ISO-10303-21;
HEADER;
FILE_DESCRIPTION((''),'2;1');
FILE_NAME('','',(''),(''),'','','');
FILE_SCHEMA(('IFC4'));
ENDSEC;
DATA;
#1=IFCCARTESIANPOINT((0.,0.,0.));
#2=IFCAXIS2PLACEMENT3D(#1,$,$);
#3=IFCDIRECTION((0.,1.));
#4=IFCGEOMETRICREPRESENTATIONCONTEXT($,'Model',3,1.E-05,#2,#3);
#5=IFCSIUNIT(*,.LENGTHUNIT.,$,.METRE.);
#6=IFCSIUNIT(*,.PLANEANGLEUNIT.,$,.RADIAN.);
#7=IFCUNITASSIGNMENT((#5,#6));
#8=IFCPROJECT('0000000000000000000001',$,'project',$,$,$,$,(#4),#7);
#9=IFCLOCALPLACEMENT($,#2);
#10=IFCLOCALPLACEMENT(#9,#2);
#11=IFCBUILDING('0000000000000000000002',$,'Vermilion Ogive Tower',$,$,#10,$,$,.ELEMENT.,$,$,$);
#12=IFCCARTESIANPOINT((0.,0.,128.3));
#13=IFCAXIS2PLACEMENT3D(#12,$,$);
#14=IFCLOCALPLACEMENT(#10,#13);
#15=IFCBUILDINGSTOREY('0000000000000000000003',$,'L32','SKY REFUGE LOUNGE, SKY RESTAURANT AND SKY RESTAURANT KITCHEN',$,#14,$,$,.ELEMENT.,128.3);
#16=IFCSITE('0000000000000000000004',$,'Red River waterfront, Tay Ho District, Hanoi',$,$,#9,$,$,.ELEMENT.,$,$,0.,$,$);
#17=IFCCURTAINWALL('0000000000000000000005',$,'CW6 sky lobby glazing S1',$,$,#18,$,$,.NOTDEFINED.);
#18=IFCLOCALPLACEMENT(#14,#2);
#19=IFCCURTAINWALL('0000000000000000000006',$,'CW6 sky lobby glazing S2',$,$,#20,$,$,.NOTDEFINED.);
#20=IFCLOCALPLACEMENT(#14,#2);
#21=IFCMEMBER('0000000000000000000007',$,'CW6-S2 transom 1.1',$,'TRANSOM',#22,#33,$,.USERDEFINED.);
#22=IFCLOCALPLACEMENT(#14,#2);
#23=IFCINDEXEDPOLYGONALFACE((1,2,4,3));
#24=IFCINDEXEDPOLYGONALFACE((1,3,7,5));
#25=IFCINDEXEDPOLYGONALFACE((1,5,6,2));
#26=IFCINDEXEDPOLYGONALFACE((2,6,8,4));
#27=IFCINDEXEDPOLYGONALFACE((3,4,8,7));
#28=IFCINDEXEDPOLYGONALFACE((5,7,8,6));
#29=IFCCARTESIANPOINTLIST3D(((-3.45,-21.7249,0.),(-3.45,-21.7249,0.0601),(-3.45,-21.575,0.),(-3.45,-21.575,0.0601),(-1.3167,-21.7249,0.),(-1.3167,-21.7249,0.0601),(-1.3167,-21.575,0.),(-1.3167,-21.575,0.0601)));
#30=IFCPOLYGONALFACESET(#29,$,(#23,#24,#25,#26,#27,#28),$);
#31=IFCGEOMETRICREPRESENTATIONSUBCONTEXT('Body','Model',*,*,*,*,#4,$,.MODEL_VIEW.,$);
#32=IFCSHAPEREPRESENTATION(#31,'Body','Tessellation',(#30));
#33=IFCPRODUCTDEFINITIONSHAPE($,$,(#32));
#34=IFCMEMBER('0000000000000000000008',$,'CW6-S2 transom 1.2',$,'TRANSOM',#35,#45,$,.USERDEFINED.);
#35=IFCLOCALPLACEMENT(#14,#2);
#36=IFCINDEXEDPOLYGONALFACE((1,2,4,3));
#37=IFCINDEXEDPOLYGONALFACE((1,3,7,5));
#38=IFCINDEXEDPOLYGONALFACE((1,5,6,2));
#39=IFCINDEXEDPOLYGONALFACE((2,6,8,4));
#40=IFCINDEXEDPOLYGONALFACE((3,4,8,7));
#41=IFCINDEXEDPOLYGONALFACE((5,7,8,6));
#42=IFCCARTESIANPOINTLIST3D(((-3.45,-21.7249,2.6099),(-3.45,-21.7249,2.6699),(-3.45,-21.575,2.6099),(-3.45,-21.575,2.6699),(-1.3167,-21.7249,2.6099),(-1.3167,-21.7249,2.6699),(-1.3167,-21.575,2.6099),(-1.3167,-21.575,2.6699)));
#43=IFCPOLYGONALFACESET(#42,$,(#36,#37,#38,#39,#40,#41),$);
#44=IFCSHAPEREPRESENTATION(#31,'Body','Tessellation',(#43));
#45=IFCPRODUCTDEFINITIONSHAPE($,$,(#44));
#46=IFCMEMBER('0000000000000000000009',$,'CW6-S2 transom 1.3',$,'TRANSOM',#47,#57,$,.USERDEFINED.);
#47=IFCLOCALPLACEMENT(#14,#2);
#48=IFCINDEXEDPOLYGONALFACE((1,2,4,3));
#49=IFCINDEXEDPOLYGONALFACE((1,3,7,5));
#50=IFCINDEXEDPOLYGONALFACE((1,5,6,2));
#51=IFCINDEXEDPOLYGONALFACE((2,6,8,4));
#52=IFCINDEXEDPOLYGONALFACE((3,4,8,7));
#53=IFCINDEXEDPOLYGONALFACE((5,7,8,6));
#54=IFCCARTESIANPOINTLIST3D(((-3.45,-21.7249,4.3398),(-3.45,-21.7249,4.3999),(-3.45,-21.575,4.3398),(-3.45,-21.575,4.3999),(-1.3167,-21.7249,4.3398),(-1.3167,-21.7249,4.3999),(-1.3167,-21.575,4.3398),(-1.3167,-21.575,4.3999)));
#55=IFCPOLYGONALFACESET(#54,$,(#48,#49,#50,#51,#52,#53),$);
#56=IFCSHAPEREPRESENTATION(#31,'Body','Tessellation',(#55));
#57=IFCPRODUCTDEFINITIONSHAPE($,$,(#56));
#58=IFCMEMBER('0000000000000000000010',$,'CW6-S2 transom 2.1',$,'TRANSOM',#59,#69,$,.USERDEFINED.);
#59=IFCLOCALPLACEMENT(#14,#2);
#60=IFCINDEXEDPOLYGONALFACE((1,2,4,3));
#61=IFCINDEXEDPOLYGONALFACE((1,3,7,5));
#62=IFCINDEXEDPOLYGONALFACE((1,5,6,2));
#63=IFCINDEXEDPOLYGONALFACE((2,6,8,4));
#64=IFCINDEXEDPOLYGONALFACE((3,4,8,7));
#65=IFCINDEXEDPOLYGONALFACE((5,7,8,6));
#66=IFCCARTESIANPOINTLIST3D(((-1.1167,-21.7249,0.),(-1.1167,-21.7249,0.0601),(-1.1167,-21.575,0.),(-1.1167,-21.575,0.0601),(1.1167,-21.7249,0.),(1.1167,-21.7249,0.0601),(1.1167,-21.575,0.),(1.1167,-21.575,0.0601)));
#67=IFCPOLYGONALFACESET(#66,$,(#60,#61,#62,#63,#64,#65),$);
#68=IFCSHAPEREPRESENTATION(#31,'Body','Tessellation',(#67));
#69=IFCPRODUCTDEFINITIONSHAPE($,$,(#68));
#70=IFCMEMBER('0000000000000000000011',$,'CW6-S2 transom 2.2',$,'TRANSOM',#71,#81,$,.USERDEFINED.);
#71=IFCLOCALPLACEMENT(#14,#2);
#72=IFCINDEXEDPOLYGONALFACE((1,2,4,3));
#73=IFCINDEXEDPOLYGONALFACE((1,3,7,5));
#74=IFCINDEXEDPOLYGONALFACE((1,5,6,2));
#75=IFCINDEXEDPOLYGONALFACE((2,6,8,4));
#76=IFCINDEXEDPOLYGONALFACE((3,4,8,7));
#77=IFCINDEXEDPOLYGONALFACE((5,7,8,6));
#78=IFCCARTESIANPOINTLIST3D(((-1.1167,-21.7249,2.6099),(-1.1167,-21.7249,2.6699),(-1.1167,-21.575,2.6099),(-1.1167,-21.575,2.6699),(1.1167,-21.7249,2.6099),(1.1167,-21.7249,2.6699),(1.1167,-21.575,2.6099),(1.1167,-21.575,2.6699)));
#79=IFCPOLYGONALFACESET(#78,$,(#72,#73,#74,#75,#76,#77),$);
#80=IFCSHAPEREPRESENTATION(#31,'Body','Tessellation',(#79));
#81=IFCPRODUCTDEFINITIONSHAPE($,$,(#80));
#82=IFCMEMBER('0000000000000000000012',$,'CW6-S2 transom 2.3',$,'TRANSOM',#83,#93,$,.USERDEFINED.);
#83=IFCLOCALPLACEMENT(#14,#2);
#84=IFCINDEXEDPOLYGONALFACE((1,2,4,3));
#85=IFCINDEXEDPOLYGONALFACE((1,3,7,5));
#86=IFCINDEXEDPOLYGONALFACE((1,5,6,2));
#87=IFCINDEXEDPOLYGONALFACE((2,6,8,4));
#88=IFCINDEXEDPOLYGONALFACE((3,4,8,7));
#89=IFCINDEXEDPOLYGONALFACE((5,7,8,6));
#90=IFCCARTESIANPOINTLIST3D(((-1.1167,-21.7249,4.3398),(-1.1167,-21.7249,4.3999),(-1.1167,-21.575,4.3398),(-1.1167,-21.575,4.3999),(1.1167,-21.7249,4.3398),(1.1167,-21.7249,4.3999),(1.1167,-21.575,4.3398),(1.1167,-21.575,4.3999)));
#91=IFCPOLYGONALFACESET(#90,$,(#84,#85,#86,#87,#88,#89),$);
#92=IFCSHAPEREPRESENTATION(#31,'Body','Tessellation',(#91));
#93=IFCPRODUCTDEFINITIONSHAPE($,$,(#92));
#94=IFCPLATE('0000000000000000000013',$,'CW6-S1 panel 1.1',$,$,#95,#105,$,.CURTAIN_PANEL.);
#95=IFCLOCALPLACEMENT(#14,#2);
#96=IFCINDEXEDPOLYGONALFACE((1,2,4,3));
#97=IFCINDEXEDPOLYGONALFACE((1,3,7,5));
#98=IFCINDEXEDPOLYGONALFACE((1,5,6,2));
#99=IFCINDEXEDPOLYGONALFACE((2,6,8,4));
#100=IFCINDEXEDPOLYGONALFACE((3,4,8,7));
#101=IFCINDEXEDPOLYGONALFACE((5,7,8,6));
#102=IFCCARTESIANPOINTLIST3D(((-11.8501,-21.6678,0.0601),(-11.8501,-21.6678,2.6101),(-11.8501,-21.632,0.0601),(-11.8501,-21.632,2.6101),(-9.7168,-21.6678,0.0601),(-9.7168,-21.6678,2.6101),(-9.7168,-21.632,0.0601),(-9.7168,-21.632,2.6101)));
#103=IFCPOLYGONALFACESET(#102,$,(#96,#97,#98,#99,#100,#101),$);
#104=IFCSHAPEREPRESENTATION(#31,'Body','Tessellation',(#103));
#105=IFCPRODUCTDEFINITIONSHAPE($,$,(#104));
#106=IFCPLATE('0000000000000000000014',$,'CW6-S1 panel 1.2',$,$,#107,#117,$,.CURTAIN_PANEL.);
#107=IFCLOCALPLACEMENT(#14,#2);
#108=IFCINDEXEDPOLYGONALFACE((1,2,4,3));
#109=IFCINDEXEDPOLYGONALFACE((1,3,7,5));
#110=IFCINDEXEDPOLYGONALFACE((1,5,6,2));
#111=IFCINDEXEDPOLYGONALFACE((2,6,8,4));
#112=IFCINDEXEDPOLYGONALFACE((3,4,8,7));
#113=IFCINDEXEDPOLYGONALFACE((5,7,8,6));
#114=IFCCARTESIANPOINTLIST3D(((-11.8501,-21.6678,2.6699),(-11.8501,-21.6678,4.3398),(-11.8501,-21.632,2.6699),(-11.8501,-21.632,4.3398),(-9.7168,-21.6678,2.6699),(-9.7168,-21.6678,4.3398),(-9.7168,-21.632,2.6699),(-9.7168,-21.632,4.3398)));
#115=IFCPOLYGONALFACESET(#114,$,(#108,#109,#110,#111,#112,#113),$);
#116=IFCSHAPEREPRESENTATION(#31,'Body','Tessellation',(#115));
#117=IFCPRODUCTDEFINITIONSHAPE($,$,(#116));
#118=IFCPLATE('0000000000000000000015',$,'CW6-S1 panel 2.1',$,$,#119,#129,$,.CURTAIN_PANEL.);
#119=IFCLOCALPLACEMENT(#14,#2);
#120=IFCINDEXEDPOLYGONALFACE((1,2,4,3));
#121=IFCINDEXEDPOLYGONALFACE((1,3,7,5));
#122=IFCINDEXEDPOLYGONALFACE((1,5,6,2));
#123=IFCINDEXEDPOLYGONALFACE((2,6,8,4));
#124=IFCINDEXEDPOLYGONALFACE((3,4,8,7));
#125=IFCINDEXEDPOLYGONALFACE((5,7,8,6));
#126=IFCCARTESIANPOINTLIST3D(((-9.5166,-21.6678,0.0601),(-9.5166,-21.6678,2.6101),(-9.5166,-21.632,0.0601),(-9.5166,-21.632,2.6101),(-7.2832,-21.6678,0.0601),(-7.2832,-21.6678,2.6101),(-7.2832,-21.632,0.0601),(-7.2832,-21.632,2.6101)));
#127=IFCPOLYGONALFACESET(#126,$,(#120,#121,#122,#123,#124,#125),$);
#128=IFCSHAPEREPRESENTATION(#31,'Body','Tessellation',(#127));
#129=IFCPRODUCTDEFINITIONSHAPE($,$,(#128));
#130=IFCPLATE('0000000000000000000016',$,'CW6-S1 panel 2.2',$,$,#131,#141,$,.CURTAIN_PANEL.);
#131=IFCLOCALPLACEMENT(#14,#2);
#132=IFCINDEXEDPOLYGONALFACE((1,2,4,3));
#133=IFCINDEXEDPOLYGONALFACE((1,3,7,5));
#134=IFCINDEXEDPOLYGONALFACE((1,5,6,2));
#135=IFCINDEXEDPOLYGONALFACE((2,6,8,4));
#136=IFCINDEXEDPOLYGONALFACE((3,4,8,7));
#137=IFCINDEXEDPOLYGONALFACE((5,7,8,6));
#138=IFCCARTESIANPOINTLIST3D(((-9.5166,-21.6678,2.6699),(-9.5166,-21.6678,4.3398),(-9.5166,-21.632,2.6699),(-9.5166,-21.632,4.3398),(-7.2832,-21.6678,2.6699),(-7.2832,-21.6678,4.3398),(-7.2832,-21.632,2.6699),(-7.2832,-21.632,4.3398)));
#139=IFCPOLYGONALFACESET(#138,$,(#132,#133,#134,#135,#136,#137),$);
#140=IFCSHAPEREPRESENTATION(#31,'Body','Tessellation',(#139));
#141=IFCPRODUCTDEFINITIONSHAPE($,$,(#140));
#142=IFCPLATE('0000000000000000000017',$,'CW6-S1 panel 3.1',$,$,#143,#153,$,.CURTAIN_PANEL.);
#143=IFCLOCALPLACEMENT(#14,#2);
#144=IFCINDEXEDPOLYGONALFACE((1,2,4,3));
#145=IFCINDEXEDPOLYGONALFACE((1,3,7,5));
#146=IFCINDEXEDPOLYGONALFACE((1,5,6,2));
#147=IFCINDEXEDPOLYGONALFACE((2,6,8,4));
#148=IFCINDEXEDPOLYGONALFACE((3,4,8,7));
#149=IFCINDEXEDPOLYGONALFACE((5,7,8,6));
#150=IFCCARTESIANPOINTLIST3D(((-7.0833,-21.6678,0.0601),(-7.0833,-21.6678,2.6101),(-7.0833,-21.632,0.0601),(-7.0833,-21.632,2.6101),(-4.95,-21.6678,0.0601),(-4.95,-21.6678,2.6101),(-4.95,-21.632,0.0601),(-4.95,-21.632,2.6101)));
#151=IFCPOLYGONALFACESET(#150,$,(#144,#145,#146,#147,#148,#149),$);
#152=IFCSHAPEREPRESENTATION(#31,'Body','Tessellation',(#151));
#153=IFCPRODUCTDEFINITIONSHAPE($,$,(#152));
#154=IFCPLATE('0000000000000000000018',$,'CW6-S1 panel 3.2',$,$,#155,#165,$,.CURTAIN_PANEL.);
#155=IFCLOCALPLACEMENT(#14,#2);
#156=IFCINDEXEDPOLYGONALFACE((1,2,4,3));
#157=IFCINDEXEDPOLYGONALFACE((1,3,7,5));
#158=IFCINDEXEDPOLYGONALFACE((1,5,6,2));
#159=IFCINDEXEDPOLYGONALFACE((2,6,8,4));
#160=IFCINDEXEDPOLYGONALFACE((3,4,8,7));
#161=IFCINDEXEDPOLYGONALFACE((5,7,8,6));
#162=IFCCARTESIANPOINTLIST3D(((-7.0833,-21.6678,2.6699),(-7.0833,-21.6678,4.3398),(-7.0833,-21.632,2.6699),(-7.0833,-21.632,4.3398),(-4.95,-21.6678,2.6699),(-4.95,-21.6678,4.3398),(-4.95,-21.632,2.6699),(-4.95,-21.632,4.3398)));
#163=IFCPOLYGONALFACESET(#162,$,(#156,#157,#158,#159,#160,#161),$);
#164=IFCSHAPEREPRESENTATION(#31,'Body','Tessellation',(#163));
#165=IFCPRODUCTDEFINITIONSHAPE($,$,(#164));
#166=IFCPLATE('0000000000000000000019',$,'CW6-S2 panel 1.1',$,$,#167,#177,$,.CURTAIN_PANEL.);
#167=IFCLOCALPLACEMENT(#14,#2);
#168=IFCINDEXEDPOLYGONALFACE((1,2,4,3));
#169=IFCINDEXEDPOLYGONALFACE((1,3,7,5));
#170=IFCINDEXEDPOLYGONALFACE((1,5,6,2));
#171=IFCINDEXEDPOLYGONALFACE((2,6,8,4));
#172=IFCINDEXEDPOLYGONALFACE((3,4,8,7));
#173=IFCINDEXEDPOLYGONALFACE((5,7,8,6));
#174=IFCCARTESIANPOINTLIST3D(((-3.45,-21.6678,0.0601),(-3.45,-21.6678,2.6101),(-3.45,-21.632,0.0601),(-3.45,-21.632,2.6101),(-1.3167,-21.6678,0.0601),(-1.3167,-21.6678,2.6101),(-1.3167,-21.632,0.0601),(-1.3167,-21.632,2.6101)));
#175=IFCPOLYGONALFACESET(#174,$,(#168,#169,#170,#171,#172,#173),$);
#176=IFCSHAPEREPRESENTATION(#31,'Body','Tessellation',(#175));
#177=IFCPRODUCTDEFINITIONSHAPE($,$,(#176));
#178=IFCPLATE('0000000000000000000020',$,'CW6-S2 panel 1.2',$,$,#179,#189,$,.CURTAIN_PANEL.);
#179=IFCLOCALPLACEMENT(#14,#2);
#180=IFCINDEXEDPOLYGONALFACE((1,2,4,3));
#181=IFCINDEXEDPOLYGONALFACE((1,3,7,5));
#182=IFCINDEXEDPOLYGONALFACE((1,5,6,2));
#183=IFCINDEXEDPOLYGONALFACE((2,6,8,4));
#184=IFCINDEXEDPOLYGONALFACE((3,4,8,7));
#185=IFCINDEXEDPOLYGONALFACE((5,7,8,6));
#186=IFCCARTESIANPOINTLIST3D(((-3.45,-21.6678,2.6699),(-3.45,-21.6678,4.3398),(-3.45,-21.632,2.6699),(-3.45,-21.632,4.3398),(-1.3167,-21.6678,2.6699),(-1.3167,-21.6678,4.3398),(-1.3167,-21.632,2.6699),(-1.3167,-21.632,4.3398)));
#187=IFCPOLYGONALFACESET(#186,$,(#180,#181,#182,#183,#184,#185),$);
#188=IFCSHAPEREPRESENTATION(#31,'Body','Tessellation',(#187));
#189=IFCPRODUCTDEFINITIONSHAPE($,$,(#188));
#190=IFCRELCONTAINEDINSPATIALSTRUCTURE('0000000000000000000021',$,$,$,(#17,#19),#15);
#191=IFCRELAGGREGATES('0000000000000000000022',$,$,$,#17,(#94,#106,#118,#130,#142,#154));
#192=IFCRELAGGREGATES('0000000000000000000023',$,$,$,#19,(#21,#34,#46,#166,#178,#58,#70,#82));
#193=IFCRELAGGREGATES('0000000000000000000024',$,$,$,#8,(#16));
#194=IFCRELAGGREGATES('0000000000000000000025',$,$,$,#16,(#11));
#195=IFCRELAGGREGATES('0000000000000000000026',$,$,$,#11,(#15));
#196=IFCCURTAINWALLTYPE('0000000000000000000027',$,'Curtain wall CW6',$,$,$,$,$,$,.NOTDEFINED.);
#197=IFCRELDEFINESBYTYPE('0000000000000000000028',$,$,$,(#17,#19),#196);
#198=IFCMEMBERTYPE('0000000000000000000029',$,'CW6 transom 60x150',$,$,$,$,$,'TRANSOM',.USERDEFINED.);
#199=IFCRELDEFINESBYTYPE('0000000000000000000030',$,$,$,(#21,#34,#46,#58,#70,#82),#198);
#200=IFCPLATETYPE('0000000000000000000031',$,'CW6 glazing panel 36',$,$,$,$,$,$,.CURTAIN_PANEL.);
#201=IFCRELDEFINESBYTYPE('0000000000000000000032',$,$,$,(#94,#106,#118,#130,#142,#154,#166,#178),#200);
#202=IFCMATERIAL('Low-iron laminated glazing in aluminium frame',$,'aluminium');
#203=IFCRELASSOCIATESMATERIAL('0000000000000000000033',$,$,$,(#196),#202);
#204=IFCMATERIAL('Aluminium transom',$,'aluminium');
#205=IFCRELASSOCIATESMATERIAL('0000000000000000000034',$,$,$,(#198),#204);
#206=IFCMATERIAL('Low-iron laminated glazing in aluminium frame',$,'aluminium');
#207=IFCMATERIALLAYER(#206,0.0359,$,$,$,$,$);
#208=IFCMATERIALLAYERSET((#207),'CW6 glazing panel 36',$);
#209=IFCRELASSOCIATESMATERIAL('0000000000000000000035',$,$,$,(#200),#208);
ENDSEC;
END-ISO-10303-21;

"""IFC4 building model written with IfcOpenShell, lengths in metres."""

from ifc_helpers import new_model, si_unit, direction, frame, origin, origin_2d, place, context, subcontext, project, spatial, rectangle, extrude, material, layer, layer_set, material_profile, profile_set, type_object, element, aggregate, save


model = new_model("IFC4")

# Units and contexts
model_context = context("Model", 3, precision=1e-05, world=origin(), true_north=direction((0.0, 1.0)))
body_context = subcontext(model_context, "Body", "Model", "MODEL_VIEW")
ifc_project = project(units=[si_unit("LENGTHUNIT", "METRE"), si_unit("PLANEANGLEUNIT", "RADIAN")], contexts=[model_context])

# Site, building, storey
site_placement = place(None, origin())
site = spatial("IfcSite", under=ifc_project, at=site_placement, Name="Red River waterfront, Tay Ho District, Hanoi", CompositionType="ELEMENT", RefElevation=0.0)
building_placement = place(site_placement, origin())
building = spatial("IfcBuilding", under=site, at=building_placement, Name="Vermilion Ogive Tower", CompositionType="ELEMENT")
storey_placement = place(building_placement, frame((0.0, 0.0, 128.3)))
storey = spatial("IfcBuildingStorey", under=building, at=storey_placement, Name="L32", Description="SKY REFUGE LOUNGE, SKY RESTAURANT AND SKY RESTAURANT KITCHEN", CompositionType="ELEMENT", Elevation=128.3)

# Curtain walls
ifc_material_1 = material(Name="Low-iron laminated glazing in aluminium frame", Category="aluminium")
curtain_wall_type = type_object("IfcCurtainWallType", Name="Curtain wall CW6", PredefinedType="NOTDEFINED", material=ifc_material_1)
curtain_wall_1_placement = place(storey_placement, origin())
curtain_wall_1 = element("IfcCurtainWall", 1, at=curtain_wall_1_placement, inside=storey, type_object=curtain_wall_type, Name="CW6 sky lobby glazing S1", PredefinedType="NOTDEFINED")
curtain_wall_2_placement = place(storey_placement, origin())
curtain_wall_2 = element("IfcCurtainWall", 2, at=curtain_wall_2_placement, inside=storey, type_object=curtain_wall_type, Name="CW6 sky lobby glazing S2", PredefinedType="NOTDEFINED")

# Members
ifc_material_2 = material(Name="Aluminium transom", Category="aluminium")
ifc_material_profile_1 = material_profile(ifc_material_2, rectangle(XDim=0.1499, YDim=0.0601, at=origin_2d()), Name="AL 60x150")
ifc_profile_set_1 = profile_set([ifc_material_profile_1], Name="Aluminium transom")
member_type_1 = type_object("IfcMemberType", Name="CW6 transom 60x150", ElementType="TRANSOM", PredefinedType="USERDEFINED", material=ifc_profile_set_1)
member_1_placement = place(storey_placement, frame((-3.45, -21.6499, 0.03), z_axis=(1.0, 0.0, 0.0), x_axis=(0.0, 1.0, 0.0)))
member_1 = element("IfcMember", 3, at=member_1_placement, type_object=member_type_1, Name="CW6-S2 transom 1.1", ObjectType="TRANSOM", PredefinedType="USERDEFINED", context=body_context, shape_type="SweptSolid", body=[
    extrude(rectangle(XDim=0.1499, YDim=0.0601, at=origin_2d()), origin(), (0.0, 0.0, 1.0), 2.1333),
])
member_2_placement = place(storey_placement, frame((-3.45, -21.6499, 2.6399), z_axis=(1.0, 0.0, 0.0), x_axis=(0.0, 1.0, 0.0)))
member_2 = element("IfcMember", 4, at=member_2_placement, type_object=member_type_1, Name="CW6-S2 transom 1.2", ObjectType="TRANSOM", PredefinedType="USERDEFINED", context=body_context, shape_type="SweptSolid", body=[
    extrude(rectangle(XDim=0.1499, YDim=0.0601, at=origin_2d()), origin(), (0.0, 0.0, 1.0), 2.1333),
])
member_3_placement = place(storey_placement, frame((-3.45, -21.6499, 4.3699), z_axis=(1.0, 0.0, 0.0), x_axis=(0.0, 1.0, 0.0)))
member_3 = element("IfcMember", 5, at=member_3_placement, type_object=member_type_1, Name="CW6-S2 transom 1.3", ObjectType="TRANSOM", PredefinedType="USERDEFINED", context=body_context, shape_type="SweptSolid", body=[
    extrude(rectangle(XDim=0.1499, YDim=0.0601, at=origin_2d()), origin(), (0.0, 0.0, 1.0), 2.1333),
])
member_4_placement = place(storey_placement, frame((-1.1167, -21.6499, 0.03), z_axis=(1.0, 0.0, 0.0), x_axis=(0.0, 1.0, 0.0)))
member_4 = element("IfcMember", 6, at=member_4_placement, type_object=member_type_1, Name="CW6-S2 transom 2.1", ObjectType="TRANSOM", PredefinedType="USERDEFINED", context=body_context, shape_type="SweptSolid", body=[
    extrude(rectangle(XDim=0.1499, YDim=0.0601, at=origin_2d()), origin(), (0.0, 0.0, 1.0), 2.2334),
])
member_5_placement = place(storey_placement, frame((-1.1167, -21.6499, 2.6399), z_axis=(1.0, 0.0, 0.0), x_axis=(0.0, 1.0, 0.0)))
member_5 = element("IfcMember", 7, at=member_5_placement, type_object=member_type_1, Name="CW6-S2 transom 2.2", ObjectType="TRANSOM", PredefinedType="USERDEFINED", context=body_context, shape_type="SweptSolid", body=[
    extrude(rectangle(XDim=0.1499, YDim=0.0601, at=origin_2d()), origin(), (0.0, 0.0, 1.0), 2.2334),
])
member_6_placement = place(storey_placement, frame((-1.1167, -21.6499, 4.3699), z_axis=(1.0, 0.0, 0.0), x_axis=(0.0, 1.0, 0.0)))
member_6 = element("IfcMember", 8, at=member_6_placement, type_object=member_type_1, Name="CW6-S2 transom 2.3", ObjectType="TRANSOM", PredefinedType="USERDEFINED", context=body_context, shape_type="SweptSolid", body=[
    extrude(rectangle(XDim=0.1499, YDim=0.0601, at=origin_2d()), origin(), (0.0, 0.0, 1.0), 2.2334),
])

# Plates
ifc_material_3 = material(Name="Low-iron laminated glazing in aluminium frame", Category="aluminium")
ifc_layer = layer(ifc_material_3, 0.0359)
ifc_layer_set = layer_set([ifc_layer], Name="CW6 glazing panel 36")
plate_type = type_object("IfcPlateType", Name="CW6 glazing panel 36", PredefinedType="CURTAIN_PANEL", material=ifc_layer_set)
plate_1_placement = place(storey_placement, frame((-10.7834, -21.6499, 0.0601), z_axis=(0.0, 0.0, 1.0), x_axis=(1.0, 0.0, 0.0)))
plate_1 = element("IfcPlate", 9, at=plate_1_placement, type_object=plate_type, Name="CW6-S1 panel 1.1", PredefinedType="CURTAIN_PANEL", context=body_context, shape_type="SweptSolid", body=[
    extrude(rectangle(XDim=2.1333, YDim=0.0359, at=origin_2d()), origin(), (0.0, 0.0, 1.0), 2.55),
])
plate_2_placement = place(storey_placement, frame((-10.7834, -21.6499, 2.6699), z_axis=(0.0, 0.0, 1.0), x_axis=(1.0, 0.0, 0.0)))
plate_2 = element("IfcPlate", 10, at=plate_2_placement, type_object=plate_type, Name="CW6-S1 panel 1.2", PredefinedType="CURTAIN_PANEL", context=body_context, shape_type="SweptSolid", body=[
    extrude(rectangle(XDim=2.1333, YDim=0.0359, at=origin_2d()), origin(), (0.0, 0.0, 1.0), 1.6699),
])
plate_3_placement = place(storey_placement, frame((-8.3999, -21.6499, 0.0601), z_axis=(0.0, 0.0, 1.0), x_axis=(1.0, 0.0, 0.0)))
plate_3 = element("IfcPlate", 11, at=plate_3_placement, type_object=plate_type, Name="CW6-S1 panel 2.1", PredefinedType="CURTAIN_PANEL", context=body_context, shape_type="SweptSolid", body=[
    extrude(rectangle(XDim=2.2334, YDim=0.0359, at=origin_2d()), origin(), (0.0, 0.0, 1.0), 2.55),
])
plate_4_placement = place(storey_placement, frame((-8.3999, -21.6499, 2.6699), z_axis=(0.0, 0.0, 1.0), x_axis=(1.0, 0.0, 0.0)))
plate_4 = element("IfcPlate", 12, at=plate_4_placement, type_object=plate_type, Name="CW6-S1 panel 2.2", PredefinedType="CURTAIN_PANEL", context=body_context, shape_type="SweptSolid", body=[
    extrude(rectangle(XDim=2.2334, YDim=0.0359, at=origin_2d()), origin(), (0.0, 0.0, 1.0), 1.6699),
])
plate_5_placement = place(storey_placement, frame((-6.0166, -21.6499, 0.0601), z_axis=(0.0, 0.0, 1.0), x_axis=(1.0, 0.0, 0.0)))
plate_5 = element("IfcPlate", 13, at=plate_5_placement, type_object=plate_type, Name="CW6-S1 panel 3.1", PredefinedType="CURTAIN_PANEL", context=body_context, shape_type="SweptSolid", body=[
    extrude(rectangle(XDim=2.1333, YDim=0.0359, at=origin_2d()), origin(), (0.0, 0.0, 1.0), 2.55),
])
plate_6_placement = place(storey_placement, frame((-6.0166, -21.6499, 2.6699), z_axis=(0.0, 0.0, 1.0), x_axis=(1.0, 0.0, 0.0)))
plate_6 = element("IfcPlate", 14, at=plate_6_placement, type_object=plate_type, Name="CW6-S1 panel 3.2", PredefinedType="CURTAIN_PANEL", context=body_context, shape_type="SweptSolid", body=[
    extrude(rectangle(XDim=2.1333, YDim=0.0359, at=origin_2d()), origin(), (0.0, 0.0, 1.0), 1.6699),
])
aggregate(curtain_wall_1, [plate_1, plate_2, plate_3, plate_4, plate_5, plate_6])
plate_7_placement = place(storey_placement, frame((-2.3833, -21.6499, 0.0601), z_axis=(0.0, 0.0, 1.0), x_axis=(1.0, 0.0, 0.0)))
plate_7 = element("IfcPlate", 15, at=plate_7_placement, type_object=plate_type, Name="CW6-S2 panel 1.1", PredefinedType="CURTAIN_PANEL", context=body_context, shape_type="SweptSolid", body=[
    extrude(rectangle(XDim=2.1333, YDim=0.0359, at=origin_2d()), origin(), (0.0, 0.0, 1.0), 2.55),
])
plate_8_placement = place(storey_placement, frame((-2.3833, -21.6499, 2.6699), z_axis=(0.0, 0.0, 1.0), x_axis=(1.0, 0.0, 0.0)))
plate_8 = element("IfcPlate", 16, at=plate_8_placement, type_object=plate_type, Name="CW6-S2 panel 1.2", PredefinedType="CURTAIN_PANEL", context=body_context, shape_type="SweptSolid", body=[
    extrude(rectangle(XDim=2.1333, YDim=0.0359, at=origin_2d()), origin(), (0.0, 0.0, 1.0), 1.6699),
])
aggregate(curtain_wall_2, [member_1, member_2, member_3, plate_7, plate_8, member_4, member_5, member_6])

save(model, "model.ifc")
